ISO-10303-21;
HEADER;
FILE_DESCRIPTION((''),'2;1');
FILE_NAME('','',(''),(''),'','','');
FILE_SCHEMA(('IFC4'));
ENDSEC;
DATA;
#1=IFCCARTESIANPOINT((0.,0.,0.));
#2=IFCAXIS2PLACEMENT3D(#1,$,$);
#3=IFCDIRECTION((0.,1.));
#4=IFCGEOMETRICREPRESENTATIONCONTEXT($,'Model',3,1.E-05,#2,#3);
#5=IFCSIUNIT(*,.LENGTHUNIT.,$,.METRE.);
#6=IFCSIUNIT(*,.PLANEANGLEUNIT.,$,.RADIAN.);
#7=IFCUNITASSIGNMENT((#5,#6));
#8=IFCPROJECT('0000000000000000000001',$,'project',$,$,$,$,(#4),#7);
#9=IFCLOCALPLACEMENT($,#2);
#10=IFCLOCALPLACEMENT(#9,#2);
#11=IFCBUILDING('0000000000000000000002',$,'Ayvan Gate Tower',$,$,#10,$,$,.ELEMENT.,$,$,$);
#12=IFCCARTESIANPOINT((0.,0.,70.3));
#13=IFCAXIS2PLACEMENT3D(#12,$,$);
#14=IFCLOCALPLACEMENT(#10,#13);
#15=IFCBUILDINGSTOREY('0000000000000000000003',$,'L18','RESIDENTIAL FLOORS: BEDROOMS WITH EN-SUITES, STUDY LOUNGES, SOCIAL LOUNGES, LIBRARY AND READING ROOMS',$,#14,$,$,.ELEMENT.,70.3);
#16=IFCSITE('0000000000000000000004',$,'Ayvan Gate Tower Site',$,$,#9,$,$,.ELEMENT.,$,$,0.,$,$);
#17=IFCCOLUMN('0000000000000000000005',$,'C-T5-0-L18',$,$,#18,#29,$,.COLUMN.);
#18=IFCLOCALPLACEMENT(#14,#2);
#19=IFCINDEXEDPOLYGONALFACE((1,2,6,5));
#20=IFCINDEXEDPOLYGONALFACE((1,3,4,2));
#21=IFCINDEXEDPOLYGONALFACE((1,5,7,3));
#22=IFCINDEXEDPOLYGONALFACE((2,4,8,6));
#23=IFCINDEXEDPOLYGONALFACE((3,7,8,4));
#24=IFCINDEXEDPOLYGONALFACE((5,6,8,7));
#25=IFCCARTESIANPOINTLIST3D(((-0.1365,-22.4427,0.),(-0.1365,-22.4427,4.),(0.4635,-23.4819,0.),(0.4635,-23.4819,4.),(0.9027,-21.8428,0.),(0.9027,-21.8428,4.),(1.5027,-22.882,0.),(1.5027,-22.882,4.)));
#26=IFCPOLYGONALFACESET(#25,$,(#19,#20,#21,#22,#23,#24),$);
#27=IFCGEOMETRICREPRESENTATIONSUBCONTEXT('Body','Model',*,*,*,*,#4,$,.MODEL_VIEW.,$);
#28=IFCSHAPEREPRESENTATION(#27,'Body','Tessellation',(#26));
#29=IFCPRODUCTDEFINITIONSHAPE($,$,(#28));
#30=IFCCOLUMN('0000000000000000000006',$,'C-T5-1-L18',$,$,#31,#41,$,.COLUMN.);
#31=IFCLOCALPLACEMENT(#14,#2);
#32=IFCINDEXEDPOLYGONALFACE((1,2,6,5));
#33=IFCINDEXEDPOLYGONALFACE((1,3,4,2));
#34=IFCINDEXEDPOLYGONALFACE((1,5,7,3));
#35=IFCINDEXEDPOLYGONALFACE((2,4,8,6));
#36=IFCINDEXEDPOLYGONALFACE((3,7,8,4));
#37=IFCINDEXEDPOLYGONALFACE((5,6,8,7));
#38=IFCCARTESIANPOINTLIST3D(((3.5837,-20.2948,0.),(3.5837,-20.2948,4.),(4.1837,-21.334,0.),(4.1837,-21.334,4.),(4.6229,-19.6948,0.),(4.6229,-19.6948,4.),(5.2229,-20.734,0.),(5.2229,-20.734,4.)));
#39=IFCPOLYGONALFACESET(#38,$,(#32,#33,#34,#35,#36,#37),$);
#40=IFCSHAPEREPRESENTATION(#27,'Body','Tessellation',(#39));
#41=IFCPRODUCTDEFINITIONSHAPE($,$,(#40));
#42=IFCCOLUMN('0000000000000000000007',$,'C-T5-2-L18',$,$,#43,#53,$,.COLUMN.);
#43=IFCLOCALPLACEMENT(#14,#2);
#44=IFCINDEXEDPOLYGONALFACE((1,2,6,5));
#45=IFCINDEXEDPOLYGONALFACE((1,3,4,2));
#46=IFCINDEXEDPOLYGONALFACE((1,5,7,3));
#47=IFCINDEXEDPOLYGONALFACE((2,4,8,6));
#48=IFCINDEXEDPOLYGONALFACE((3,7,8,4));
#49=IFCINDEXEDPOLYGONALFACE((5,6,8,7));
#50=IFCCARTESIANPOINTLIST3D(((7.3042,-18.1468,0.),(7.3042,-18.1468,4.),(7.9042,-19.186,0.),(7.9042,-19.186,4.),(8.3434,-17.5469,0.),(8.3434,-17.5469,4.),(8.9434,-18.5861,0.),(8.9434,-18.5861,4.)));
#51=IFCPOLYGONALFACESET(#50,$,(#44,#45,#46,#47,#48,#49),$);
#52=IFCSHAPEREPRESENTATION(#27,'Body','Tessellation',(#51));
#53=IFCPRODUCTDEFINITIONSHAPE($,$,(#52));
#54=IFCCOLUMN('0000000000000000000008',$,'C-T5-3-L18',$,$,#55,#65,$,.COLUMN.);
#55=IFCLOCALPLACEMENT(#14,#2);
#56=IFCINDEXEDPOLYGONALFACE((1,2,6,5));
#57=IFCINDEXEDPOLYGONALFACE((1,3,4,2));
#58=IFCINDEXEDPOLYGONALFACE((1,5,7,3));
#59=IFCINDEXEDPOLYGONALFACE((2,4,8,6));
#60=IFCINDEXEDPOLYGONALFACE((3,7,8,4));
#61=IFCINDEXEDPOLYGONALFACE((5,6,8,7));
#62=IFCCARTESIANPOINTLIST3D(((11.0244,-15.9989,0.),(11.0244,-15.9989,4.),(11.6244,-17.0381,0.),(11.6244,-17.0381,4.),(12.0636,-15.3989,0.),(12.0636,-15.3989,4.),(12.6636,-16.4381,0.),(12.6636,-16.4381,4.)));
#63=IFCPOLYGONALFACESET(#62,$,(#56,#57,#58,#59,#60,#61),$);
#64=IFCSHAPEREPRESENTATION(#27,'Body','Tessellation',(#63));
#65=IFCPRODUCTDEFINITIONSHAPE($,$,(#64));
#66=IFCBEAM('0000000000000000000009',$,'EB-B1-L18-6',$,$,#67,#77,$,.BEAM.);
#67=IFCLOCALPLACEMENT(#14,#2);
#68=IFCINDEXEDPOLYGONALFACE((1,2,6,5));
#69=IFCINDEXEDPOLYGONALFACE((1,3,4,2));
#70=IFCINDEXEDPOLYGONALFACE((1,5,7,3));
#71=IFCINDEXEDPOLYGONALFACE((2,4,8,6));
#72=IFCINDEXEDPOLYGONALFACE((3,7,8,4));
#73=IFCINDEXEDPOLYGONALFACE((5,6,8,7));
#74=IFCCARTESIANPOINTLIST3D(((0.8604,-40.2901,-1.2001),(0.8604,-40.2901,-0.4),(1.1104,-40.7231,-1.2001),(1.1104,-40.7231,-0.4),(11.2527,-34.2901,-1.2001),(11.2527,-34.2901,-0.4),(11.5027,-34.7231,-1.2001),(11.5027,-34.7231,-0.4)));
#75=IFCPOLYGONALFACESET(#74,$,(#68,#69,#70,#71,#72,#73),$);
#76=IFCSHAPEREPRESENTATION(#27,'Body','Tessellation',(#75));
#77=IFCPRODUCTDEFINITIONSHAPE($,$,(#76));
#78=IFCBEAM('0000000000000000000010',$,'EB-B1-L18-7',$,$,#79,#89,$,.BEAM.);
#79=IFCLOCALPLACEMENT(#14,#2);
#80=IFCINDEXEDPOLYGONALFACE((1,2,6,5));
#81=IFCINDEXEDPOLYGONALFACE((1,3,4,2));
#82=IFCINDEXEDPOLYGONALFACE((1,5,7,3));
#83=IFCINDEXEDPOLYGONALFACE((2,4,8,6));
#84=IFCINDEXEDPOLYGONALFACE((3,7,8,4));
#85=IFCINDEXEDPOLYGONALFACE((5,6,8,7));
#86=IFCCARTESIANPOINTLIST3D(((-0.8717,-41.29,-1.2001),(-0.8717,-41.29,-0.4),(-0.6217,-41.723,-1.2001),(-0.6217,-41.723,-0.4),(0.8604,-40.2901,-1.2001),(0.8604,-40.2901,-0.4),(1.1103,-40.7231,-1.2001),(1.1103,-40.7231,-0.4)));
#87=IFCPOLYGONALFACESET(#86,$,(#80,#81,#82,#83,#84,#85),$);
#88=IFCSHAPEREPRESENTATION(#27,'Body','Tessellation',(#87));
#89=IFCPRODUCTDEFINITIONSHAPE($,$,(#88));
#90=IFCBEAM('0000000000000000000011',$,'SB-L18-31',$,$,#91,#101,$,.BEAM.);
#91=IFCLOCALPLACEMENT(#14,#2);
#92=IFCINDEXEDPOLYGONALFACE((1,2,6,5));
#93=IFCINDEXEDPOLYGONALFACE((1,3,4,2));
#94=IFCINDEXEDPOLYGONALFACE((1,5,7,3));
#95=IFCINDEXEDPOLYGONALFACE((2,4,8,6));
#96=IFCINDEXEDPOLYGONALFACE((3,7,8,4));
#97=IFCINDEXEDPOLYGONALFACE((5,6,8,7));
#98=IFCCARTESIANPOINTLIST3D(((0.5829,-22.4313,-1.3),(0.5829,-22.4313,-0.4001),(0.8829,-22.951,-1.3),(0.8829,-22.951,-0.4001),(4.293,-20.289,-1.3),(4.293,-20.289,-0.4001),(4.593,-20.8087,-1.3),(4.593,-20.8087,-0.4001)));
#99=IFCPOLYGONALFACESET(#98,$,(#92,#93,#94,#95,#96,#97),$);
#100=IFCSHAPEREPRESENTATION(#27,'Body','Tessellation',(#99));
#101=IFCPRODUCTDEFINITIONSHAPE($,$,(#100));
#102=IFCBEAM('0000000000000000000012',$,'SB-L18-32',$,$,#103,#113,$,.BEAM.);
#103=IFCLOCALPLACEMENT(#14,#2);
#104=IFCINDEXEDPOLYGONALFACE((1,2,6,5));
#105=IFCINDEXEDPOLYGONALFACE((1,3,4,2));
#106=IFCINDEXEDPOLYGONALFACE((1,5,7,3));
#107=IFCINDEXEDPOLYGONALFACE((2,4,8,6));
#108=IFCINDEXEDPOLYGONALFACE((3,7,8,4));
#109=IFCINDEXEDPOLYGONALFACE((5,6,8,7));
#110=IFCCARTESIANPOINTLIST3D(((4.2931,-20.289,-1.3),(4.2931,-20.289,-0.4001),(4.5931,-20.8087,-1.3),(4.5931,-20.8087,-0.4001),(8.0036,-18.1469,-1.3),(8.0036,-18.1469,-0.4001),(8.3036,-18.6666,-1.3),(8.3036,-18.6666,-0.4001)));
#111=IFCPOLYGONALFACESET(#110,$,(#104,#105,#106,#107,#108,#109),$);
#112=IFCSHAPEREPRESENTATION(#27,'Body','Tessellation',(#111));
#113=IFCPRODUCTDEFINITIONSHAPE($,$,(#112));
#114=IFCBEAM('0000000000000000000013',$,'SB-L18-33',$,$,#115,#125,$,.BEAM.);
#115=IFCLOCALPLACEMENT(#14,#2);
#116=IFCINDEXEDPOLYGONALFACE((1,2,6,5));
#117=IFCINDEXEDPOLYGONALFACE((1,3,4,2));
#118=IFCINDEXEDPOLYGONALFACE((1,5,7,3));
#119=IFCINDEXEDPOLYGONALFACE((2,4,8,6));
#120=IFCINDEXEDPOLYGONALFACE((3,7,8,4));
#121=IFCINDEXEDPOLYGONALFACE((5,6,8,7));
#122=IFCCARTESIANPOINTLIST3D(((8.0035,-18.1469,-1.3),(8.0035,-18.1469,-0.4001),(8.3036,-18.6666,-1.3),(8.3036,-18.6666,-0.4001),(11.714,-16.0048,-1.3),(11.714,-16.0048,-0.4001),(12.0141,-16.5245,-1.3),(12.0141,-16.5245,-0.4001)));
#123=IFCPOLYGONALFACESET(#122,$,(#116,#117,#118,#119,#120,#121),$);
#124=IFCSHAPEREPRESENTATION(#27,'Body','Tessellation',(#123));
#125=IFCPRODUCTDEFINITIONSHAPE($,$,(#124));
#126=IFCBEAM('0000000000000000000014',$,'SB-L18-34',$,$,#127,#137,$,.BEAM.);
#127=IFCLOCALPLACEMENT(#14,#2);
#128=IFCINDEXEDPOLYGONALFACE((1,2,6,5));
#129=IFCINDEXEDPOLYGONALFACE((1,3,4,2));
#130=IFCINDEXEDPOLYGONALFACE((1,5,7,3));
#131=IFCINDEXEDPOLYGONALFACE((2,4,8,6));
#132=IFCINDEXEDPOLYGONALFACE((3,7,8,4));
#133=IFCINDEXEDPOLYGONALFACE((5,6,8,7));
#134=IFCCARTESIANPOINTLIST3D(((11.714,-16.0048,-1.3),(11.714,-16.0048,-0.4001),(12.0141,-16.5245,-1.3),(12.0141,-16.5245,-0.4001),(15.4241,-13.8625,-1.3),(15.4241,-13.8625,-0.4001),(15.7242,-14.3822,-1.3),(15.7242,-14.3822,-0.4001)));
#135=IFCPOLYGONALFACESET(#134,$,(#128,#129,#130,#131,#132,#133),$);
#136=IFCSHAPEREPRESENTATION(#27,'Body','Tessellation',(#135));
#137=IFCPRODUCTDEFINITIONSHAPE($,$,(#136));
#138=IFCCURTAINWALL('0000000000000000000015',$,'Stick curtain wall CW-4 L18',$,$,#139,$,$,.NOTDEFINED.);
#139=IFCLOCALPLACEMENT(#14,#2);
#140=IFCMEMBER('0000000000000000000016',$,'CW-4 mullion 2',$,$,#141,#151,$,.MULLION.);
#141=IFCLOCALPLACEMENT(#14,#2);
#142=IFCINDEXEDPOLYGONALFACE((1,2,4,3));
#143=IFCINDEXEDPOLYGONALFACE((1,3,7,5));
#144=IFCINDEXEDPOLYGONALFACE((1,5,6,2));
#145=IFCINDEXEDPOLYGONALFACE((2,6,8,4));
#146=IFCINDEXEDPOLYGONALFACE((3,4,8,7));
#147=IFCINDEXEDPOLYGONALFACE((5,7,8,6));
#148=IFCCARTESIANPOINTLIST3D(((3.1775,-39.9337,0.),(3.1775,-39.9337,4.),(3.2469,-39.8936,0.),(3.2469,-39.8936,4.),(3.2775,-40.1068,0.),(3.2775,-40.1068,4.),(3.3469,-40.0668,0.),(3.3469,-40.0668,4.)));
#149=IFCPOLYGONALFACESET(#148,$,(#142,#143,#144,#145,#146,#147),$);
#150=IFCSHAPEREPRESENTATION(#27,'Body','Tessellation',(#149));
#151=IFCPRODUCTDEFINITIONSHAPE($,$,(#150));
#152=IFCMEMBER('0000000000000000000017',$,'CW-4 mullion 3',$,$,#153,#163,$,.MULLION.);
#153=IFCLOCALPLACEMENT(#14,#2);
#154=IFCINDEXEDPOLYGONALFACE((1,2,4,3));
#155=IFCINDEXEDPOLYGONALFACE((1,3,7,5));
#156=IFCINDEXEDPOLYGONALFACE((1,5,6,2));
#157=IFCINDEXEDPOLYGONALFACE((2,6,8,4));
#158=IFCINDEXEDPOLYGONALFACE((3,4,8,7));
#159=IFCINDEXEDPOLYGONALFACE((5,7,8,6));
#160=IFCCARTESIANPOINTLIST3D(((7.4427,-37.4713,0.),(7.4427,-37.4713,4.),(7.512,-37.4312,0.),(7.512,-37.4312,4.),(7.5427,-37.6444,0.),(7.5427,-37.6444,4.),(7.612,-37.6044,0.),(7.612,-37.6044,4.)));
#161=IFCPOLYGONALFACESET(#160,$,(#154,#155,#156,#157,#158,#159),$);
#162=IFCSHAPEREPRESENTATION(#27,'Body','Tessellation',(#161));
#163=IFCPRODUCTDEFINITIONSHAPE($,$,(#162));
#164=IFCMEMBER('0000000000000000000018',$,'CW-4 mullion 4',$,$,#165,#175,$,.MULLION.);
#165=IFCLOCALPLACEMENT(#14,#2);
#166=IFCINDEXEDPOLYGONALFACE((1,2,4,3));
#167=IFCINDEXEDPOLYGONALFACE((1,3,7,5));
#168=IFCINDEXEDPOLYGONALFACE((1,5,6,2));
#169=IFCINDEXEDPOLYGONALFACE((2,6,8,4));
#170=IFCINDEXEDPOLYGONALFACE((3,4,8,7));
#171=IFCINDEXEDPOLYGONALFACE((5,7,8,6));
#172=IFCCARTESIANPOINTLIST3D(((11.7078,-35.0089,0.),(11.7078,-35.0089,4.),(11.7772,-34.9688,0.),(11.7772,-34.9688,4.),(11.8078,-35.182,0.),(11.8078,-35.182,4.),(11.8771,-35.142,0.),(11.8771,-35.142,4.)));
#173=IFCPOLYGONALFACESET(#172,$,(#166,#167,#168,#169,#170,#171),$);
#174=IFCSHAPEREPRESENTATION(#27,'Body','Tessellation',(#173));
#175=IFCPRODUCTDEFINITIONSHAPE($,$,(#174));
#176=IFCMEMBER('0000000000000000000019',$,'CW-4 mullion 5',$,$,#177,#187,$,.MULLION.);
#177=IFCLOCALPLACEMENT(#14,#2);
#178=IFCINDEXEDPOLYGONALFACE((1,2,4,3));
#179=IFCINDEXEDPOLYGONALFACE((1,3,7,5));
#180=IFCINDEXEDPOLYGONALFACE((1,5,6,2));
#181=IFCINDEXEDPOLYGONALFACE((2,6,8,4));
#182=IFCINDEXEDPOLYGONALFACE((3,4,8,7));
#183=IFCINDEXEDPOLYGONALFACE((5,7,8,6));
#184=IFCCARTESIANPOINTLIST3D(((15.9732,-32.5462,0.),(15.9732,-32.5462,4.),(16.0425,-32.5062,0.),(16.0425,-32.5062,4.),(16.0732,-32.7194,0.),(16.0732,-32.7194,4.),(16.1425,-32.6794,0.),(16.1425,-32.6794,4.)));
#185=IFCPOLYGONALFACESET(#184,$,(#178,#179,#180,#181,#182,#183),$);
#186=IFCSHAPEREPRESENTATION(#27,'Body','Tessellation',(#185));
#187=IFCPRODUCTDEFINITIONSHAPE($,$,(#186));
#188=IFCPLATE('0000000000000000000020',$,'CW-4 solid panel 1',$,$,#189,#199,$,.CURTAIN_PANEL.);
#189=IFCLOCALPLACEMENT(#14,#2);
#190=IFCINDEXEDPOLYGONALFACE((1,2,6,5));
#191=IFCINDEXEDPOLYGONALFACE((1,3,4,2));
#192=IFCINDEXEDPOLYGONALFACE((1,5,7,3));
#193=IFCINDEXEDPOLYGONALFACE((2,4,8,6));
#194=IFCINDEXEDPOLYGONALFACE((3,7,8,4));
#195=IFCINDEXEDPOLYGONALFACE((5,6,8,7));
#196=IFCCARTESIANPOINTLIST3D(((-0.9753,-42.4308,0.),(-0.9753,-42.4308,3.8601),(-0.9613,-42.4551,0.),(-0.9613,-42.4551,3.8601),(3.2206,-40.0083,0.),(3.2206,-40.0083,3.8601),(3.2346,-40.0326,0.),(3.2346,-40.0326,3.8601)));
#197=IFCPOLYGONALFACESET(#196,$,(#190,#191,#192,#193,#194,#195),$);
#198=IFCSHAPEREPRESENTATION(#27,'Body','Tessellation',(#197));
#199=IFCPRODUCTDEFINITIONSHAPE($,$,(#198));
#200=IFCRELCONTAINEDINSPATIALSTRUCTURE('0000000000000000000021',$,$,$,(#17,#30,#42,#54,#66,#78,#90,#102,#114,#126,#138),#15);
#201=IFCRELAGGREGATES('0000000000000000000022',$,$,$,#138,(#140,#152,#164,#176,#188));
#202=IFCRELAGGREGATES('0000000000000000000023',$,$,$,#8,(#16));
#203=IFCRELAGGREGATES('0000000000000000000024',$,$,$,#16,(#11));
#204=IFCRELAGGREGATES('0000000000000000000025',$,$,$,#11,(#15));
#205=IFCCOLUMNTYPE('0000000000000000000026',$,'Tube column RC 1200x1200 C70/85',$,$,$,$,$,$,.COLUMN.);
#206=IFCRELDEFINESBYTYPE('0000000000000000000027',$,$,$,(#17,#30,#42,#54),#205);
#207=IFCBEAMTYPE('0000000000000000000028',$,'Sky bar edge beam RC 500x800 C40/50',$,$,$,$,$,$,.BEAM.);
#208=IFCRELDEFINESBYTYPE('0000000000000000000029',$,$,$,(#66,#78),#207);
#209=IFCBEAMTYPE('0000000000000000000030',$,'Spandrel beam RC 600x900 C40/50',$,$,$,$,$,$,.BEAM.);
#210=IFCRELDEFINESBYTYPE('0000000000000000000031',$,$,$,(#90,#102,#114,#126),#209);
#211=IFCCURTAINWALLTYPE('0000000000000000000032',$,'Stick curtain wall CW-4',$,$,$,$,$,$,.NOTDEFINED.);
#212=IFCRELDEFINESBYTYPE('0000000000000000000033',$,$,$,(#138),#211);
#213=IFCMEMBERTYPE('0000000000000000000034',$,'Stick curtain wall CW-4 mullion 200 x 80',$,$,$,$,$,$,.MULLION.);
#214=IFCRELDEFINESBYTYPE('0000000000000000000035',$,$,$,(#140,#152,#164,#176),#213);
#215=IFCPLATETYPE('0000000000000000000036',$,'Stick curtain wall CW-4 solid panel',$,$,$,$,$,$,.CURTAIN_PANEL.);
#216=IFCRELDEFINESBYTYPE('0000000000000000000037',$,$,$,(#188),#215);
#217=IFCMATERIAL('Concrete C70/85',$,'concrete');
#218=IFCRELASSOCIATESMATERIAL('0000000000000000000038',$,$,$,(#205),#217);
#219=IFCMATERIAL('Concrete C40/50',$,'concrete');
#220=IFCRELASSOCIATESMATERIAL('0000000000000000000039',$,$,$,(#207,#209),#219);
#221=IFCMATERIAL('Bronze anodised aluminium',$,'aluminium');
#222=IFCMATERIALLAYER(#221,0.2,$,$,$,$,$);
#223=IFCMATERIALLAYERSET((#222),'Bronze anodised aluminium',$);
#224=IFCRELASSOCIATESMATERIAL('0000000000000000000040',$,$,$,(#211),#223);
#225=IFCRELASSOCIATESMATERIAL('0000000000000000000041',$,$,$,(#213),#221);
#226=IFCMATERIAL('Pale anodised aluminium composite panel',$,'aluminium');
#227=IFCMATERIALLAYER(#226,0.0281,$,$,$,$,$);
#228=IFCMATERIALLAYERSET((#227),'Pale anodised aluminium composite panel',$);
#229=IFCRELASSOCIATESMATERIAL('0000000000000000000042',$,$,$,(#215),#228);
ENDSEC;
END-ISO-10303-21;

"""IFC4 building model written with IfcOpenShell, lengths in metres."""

from ifc_helpers import new_model, si_unit, direction, frame, origin, origin_2d, place, context, subcontext, project, spatial, rectangle, extrude, material, layer, layer_set, material_profile, profile_set, type_object, element, aggregate, save


model = new_model("IFC4")

# Units and contexts
model_context = context("Model", 3, precision=1e-05, world=origin(), true_north=direction((0.0, 1.0)))
body_context = subcontext(model_context, "Body", "Model", "MODEL_VIEW")
ifc_project = project(units=[si_unit("LENGTHUNIT", "METRE"), si_unit("PLANEANGLEUNIT", "RADIAN")], contexts=[model_context])

# Site, building, storey
site_placement = place(None, origin())
site = spatial("IfcSite", under=ifc_project, at=site_placement, Name="Ayvan Gate Tower Site", CompositionType="ELEMENT", RefElevation=0.0)
building_placement = place(site_placement, origin())
building = spatial("IfcBuilding", under=site, at=building_placement, Name="Ayvan Gate Tower", CompositionType="ELEMENT")
storey_placement = place(building_placement, frame((0.0, 0.0, 70.3)))
storey = spatial("IfcBuildingStorey", under=building, at=storey_placement, Name="L18", Description="RESIDENTIAL FLOORS: BEDROOMS WITH EN-SUITES, STUDY LOUNGES, SOCIAL LOUNGES, LIBRARY AND READING ROOMS", CompositionType="ELEMENT", Elevation=70.3)

# Columns
ifc_material_1 = material(Name="Concrete C70/85", Category="concrete")
ifc_material_profile_1 = material_profile(ifc_material_1, rectangle(XDim=1.2, YDim=1.2, at=origin_2d()), Name="RC 1200x1200")
ifc_profile_set_1 = profile_set([ifc_material_profile_1], Name="Concrete C70/85")
column_type = type_object("IfcColumnType", Name="Tube column RC 1200x1200 C70/85", PredefinedType="COLUMN", material=ifc_profile_set_1)
for number, where, z_axis, x_axis, name in (
    (1, (0.6831, -22.6624, 0.0), (0.0, 0.0, 1.0), (0.5, -0.866025, 0.0), "C-T5-0-L18"),
    (2, (4.4033, -20.5144, 0.0), (0.0, 0.0, 1.0), (0.5, -0.866025, 0.0), "C-T5-1-L18"),
    (3, (8.1238, -18.3665, 0.0), (0.0, 0.0, 1.0), (0.5, -0.866025, 0.0), "C-T5-2-L18"),
    (4, (11.844, -16.2185, 0.0), (0.0, 0.0, 1.0), (0.5, -0.866025, 0.0), "C-T5-3-L18"),
):
    element("IfcColumn", number, at=place(storey_placement, frame(where, z_axis=z_axis, x_axis=x_axis)), inside=storey, type_object=column_type, Name=name, PredefinedType="COLUMN", context=body_context, shape_type="SweptSolid", body=[
        extrude(rectangle(XDim=1.2, YDim=1.2, at=origin_2d()), origin(), (0.0, 0.0, 1.0), 4.0),
    ])

# Beams
ifc_material_2 = material(Name="Concrete C40/50", Category="concrete")
ifc_material_profile_2 = material_profile(ifc_material_2, rectangle(XDim=0.5, YDim=0.8, at=origin_2d()), Name="RC 500x800")
ifc_profile_set_2 = profile_set([ifc_material_profile_2], Name="Concrete C40/50")
beam_type_1 = type_object("IfcBeamType", Name="Sky bar edge beam RC 500x800 C40/50", PredefinedType="BEAM", material=ifc_profile_set_2)
beam_1_placement = place(storey_placement, frame((11.3777, -34.5066, -0.8), z_axis=(-0.866026, -0.499999, 0.0), x_axis=(0.499999, -0.866026, 0.0)))
element("IfcBeam", 5, at=beam_1_placement, inside=storey, type_object=beam_type_1, Name="EB-B1-L18-6", PredefinedType="BEAM", context=body_context, shape_type="SweptSolid", body=[
    extrude(rectangle(XDim=0.5, YDim=0.8, at=origin_2d()), origin(), (0.0, 0.0, 1.0), 12.0),
])
beam_2_placement = place(storey_placement, frame((0.9854, -40.5066, -0.8), z_axis=(-0.866041, -0.499973, 0.0), x_axis=(0.499973, -0.866041, 0.0)))
element("IfcBeam", 6, at=beam_2_placement, inside=storey, type_object=beam_type_1, Name="EB-B1-L18-7", PredefinedType="BEAM", context=body_context, shape_type="SweptSolid", body=[
    extrude(rectangle(XDim=0.5, YDim=0.8, at=origin_2d()), origin(), (0.0, 0.0, 1.0), 2.0),
])
ifc_material_profile_3 = material_profile(ifc_material_2, rectangle(XDim=0.6001, YDim=0.8999, at=origin_2d()), Name="RC 600x900")
ifc_profile_set_3 = profile_set([ifc_material_profile_3], Name="Concrete C40/50")
beam_type_2 = type_object("IfcBeamType", Name="Spandrel beam RC 600x900 C40/50", PredefinedType="BEAM", material=ifc_profile_set_3)
beam_3_placement = place(storey_placement, frame((0.7329, -22.6912, -0.8501), z_axis=(0.866001, 0.500043, 0.0), x_axis=(-0.500043, 0.866001, 0.0)))
element("IfcBeam", 7, at=beam_3_placement, inside=storey, type_object=beam_type_2, Name="SB-L18-31", PredefinedType="BEAM", context=body_context, shape_type="SweptSolid", body=[
    extrude(rectangle(XDim=0.6001, YDim=0.8999, at=origin_2d()), origin(), (0.0, 0.0, 1.0), 4.2842),
])
for number, where, z_axis, x_axis, name in (
    (8, (4.4431, -20.5488, -0.8501), (0.866039, 0.499976, 0.0), (-0.499976, 0.866039, 0.0), "SB-L18-32"),
    (9, (8.1536, -18.4067, -0.8501), (0.866039, 0.499976, 0.0), (-0.499976, 0.866039, 0.0), "SB-L18-33"),
):
    element("IfcBeam", number, at=place(storey_placement, frame(where, z_axis=z_axis, x_axis=x_axis)), inside=storey, type_object=beam_type_2, Name=name, PredefinedType="BEAM", context=body_context, shape_type="SweptSolid", body=[
        extrude(rectangle(XDim=0.6001, YDim=0.8999, at=origin_2d()), origin(), (0.0, 0.0, 1.0), 4.2844),
    ])
beam_4_placement = place(storey_placement, frame((11.864, -16.2646, -0.8501), z_axis=(0.866001, 0.500043, 0.0), x_axis=(-0.500043, 0.866001, 0.0)))
element("IfcBeam", 10, at=beam_4_placement, inside=storey, type_object=beam_type_2, Name="SB-L18-34", PredefinedType="BEAM", context=body_context, shape_type="SweptSolid", body=[
    extrude(rectangle(XDim=0.6001, YDim=0.8999, at=origin_2d()), origin(), (0.0, 0.0, 1.0), 4.2842),
])

# Curtain wall, members, plate
ifc_material_3 = material(Name="Bronze anodised aluminium", Category="aluminium")
ifc_layer_1 = layer(ifc_material_3, 0.2)
ifc_layer_set_1 = layer_set([ifc_layer_1], Name="Bronze anodised aluminium")
curtain_wall_type = type_object("IfcCurtainWallType", Name="Stick curtain wall CW-4", PredefinedType="NOTDEFINED", material=ifc_layer_set_1)
curtain_wall_placement = place(storey_placement, origin())
curtain_wall = element("IfcCurtainWall", 11, at=curtain_wall_placement, inside=storey, type_object=curtain_wall_type, Name="Stick curtain wall CW-4 L18", PredefinedType="NOTDEFINED")
ifc_material_profile_4 = material_profile(ifc_material_3, rectangle(XDim=0.2, YDim=0.0801, at=origin_2d()), Name="Stick curtain wall CW-4 mullion 200 x 80")
ifc_profile_set_4 = profile_set([ifc_material_profile_4], Name="Bronze anodised aluminium")
member_type = type_object("IfcMemberType", Name="Stick curtain wall CW-4 mullion 200 x 80", PredefinedType="MULLION", material=ifc_profile_set_4)
member_1_placement = place(storey_placement, frame((3.2622, -40.0002, 0.0), z_axis=(0.0, 0.0, 1.0), x_axis=(0.5, -0.866025, 0.0)))
member_1 = element("IfcMember", 12, at=member_1_placement, type_object=member_type, Name="CW-4 mullion 2", PredefinedType="MULLION", context=body_context, shape_type="SweptSolid", body=[
    extrude(rectangle(XDim=0.2, YDim=0.0801, at=origin_2d()), origin(), (0.0, 0.0, 1.0), 4.0),
])
member_2_placement = place(storey_placement, frame((7.5273, -37.5378, 0.0), z_axis=(0.0, 0.0, 1.0), x_axis=(0.5, -0.866025, 0.0)))
member_2 = element("IfcMember", 13, at=member_2_placement, type_object=member_type, Name="CW-4 mullion 3", PredefinedType="MULLION", context=body_context, shape_type="SweptSolid", body=[
    extrude(rectangle(XDim=0.2, YDim=0.0801, at=origin_2d()), origin(), (0.0, 0.0, 1.0), 4.0),
])
member_3_placement = place(storey_placement, frame((11.7925, -35.0754, 0.0), z_axis=(0.0, 0.0, 1.0), x_axis=(0.5, -0.866025, 0.0)))
member_3 = element("IfcMember", 14, at=member_3_placement, type_object=member_type, Name="CW-4 mullion 4", PredefinedType="MULLION", context=body_context, shape_type="SweptSolid", body=[
    extrude(rectangle(XDim=0.2, YDim=0.0801, at=origin_2d()), origin(), (0.0, 0.0, 1.0), 4.0),
])
member_4_placement = place(storey_placement, frame((16.0579, -32.6128, 0.0), z_axis=(0.0, 0.0, 1.0), x_axis=(0.5, -0.866025, 0.0)))
member_4 = element("IfcMember", 15, at=member_4_placement, type_object=member_type, Name="CW-4 mullion 5", PredefinedType="MULLION", context=body_context, shape_type="SweptSolid", body=[
    extrude(rectangle(XDim=0.2, YDim=0.0801, at=origin_2d()), origin(), (0.0, 0.0, 1.0), 4.0),
])
ifc_material_4 = material(Name="Pale anodised aluminium composite panel", Category="aluminium")
ifc_layer_2 = layer(ifc_material_4, 0.0281)
ifc_layer_set_2 = layer_set([ifc_layer_2], Name="Pale anodised aluminium composite panel")
plate_type = type_object("IfcPlateType", Name="Stick curtain wall CW-4 solid panel", PredefinedType="CURTAIN_PANEL", material=ifc_layer_set_2)
plate_1_placement = place(storey_placement, frame((1.1296, -41.2317, 0.0), z_axis=(0.0, 0.0, 1.0), x_axis=(0.866025, 0.5, 0.0)))
plate_1 = element("IfcPlate", 16, at=plate_1_placement, type_object=plate_type, Name="CW-4 solid panel 1", PredefinedType="CURTAIN_PANEL", context=body_context, shape_type="SweptSolid", body=[
    extrude(rectangle(XDim=4.845, YDim=0.0281, at=origin_2d()), origin(), (0.0, 0.0, 1.0), 3.8601),
])
aggregate(curtain_wall, [member_1, member_2, member_3, member_4, plate_1])

save(model, "model.ifc")
